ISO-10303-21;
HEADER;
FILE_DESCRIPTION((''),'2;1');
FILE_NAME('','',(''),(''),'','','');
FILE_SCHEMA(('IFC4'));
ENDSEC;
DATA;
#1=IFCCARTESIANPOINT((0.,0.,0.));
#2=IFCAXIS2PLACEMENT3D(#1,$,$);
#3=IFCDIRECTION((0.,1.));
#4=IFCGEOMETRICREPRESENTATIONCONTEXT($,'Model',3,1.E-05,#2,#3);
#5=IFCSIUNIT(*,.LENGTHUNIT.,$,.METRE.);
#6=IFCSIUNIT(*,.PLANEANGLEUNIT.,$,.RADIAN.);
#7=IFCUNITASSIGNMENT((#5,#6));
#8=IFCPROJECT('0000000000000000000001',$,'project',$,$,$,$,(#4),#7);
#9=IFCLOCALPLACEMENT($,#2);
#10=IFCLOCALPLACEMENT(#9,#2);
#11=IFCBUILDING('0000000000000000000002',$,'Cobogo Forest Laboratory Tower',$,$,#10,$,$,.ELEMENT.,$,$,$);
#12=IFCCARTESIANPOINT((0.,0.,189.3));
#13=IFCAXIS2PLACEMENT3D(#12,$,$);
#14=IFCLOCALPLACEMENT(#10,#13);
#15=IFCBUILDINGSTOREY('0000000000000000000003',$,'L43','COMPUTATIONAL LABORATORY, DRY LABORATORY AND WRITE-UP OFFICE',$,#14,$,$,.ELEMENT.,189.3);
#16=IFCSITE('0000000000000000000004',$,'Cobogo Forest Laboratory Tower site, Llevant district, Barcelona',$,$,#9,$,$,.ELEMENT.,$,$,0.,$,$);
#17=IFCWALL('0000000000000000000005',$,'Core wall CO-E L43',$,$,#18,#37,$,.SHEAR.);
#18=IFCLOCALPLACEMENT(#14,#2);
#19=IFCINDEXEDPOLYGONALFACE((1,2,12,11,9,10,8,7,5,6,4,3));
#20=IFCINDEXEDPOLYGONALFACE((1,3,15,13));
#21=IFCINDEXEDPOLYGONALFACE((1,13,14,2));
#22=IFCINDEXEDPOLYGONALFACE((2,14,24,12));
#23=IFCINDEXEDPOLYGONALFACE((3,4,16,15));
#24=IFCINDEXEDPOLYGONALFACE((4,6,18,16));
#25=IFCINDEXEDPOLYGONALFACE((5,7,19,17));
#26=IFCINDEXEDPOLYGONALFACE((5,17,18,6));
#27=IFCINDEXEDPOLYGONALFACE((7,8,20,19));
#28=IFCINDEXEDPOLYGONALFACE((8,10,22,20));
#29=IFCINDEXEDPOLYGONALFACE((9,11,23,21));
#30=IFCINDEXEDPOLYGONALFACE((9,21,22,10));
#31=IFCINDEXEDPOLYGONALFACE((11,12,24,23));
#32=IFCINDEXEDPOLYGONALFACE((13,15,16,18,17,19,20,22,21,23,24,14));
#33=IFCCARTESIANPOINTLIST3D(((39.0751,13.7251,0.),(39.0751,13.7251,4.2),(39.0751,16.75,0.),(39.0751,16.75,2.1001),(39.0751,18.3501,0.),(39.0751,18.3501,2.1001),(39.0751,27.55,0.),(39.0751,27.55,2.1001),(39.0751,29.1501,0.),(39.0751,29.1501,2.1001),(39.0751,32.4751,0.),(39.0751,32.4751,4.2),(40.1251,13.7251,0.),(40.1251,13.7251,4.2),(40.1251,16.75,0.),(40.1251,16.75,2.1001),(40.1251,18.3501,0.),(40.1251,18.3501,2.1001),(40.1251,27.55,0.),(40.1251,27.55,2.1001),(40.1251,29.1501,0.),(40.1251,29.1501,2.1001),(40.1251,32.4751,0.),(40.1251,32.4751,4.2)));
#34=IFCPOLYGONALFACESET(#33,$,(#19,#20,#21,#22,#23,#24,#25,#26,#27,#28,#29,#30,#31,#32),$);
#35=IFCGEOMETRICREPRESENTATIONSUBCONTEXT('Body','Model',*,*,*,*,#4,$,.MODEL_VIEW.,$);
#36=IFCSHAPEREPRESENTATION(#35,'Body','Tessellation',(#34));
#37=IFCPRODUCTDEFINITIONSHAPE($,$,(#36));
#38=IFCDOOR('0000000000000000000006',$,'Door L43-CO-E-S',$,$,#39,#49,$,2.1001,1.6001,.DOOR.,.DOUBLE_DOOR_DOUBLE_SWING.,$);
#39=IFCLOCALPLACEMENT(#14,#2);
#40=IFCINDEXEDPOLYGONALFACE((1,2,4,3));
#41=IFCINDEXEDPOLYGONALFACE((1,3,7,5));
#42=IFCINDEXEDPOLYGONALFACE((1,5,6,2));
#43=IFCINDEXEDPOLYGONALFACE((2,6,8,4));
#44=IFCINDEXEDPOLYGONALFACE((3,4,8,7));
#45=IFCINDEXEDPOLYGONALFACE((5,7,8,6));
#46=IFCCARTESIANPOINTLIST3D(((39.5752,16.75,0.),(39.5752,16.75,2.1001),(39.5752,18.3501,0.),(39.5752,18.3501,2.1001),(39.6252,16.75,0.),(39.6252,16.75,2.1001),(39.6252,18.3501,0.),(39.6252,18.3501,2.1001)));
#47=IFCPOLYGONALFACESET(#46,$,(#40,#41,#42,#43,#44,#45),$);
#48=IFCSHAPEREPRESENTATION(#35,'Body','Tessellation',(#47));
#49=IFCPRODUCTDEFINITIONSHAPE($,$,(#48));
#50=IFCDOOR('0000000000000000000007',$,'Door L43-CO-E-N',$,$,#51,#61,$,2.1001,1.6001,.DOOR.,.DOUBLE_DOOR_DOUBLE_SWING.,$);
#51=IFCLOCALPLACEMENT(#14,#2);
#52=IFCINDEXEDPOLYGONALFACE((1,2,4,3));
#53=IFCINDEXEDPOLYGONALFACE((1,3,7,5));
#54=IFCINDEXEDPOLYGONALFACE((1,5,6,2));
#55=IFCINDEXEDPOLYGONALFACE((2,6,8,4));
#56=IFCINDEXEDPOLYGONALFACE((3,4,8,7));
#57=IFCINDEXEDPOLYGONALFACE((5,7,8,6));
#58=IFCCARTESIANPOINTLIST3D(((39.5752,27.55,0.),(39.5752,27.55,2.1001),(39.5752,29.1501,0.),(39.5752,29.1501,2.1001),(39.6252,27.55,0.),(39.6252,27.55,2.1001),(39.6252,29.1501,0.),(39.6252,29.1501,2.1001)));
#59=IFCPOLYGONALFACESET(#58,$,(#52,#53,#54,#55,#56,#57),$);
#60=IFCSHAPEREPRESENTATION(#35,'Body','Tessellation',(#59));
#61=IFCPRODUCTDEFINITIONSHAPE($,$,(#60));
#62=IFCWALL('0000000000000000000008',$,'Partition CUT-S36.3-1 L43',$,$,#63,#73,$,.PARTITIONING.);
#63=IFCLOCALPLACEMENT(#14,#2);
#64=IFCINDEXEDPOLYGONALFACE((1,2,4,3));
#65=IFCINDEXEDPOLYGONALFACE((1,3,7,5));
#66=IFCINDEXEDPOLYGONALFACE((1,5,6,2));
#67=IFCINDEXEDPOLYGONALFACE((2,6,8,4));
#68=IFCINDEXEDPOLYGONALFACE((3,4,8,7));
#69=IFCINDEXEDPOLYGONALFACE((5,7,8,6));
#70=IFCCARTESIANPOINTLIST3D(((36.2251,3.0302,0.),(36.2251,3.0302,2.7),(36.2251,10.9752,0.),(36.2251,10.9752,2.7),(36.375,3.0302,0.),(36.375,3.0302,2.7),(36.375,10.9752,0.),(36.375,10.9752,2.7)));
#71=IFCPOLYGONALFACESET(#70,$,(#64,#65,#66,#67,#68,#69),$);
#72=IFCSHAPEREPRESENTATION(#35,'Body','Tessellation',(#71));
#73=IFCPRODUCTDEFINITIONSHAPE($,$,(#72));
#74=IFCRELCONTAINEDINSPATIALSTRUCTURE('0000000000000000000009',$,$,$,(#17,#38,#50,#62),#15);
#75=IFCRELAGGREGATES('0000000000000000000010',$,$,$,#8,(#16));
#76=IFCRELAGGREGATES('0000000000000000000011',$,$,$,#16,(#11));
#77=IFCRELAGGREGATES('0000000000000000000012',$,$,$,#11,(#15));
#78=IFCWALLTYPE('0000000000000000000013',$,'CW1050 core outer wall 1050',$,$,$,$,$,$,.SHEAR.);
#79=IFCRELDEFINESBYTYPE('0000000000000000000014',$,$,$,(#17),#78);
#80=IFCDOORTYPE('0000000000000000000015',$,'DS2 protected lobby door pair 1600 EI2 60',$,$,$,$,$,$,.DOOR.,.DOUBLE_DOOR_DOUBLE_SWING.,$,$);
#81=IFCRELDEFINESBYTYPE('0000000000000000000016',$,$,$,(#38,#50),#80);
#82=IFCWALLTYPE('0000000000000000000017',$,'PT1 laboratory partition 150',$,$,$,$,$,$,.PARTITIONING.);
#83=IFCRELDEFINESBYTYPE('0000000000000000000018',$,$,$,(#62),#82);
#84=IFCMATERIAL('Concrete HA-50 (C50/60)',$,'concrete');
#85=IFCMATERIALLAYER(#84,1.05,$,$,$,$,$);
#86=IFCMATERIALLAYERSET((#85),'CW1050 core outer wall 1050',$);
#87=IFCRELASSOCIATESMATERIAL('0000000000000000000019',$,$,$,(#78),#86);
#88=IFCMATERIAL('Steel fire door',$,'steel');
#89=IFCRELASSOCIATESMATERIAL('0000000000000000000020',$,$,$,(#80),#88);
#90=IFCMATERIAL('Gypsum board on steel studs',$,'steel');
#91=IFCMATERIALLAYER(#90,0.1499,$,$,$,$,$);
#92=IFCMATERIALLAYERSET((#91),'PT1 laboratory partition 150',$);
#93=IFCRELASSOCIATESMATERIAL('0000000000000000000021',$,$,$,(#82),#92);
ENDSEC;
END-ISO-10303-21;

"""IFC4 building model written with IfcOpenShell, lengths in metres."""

from ifc_helpers import new_model, si_unit, direction, frame, frame_2d, origin, place, context, subcontext, project, spatial, rectangle, extrude, material, layer, layer_set, type_object, element, fill, save


model = new_model("IFC4")

# Units and contexts
model_context = context("Model", 3, precision=1e-05, world=origin(), true_north=direction((0.0, 1.0)))
body_context = subcontext(model_context, "Body", "Model", "MODEL_VIEW")
ifc_project = project(units=[si_unit("LENGTHUNIT", "METRE"), si_unit("PLANEANGLEUNIT", "RADIAN")], contexts=[model_context])

# Site, building, storey
site_placement = place(None, origin())
site = spatial("IfcSite", under=ifc_project, at=site_placement, Name="Cobogo Forest Laboratory Tower site, Llevant district, Barcelona", CompositionType="ELEMENT", RefElevation=0.0)
building_placement = place(site_placement, origin())
building = spatial("IfcBuilding", under=site, at=building_placement, Name="Cobogo Forest Laboratory Tower", CompositionType="ELEMENT")
storey_placement = place(building_placement, frame((0.0, 0.0, 189.3)))
storey = spatial("IfcBuildingStorey", under=building, at=storey_placement, Name="L43", Description="COMPUTATIONAL LABORATORY, DRY LABORATORY AND WRITE-UP OFFICE", CompositionType="ELEMENT", Elevation=189.3)

# Shared definitions
ifc_material_1 = material(Name="Concrete HA-50 (C50/60)", Category="concrete")

# Wall, openings, doors
ifc_layer_1 = layer(ifc_material_1, 1.05)
ifc_layer_set_1 = layer_set([ifc_layer_1], Name="CW1050 core outer wall 1050")
wall_type_1 = type_object("IfcWallType", Name="CW1050 core outer wall 1050", PredefinedType="SHEAR", material=ifc_layer_set_1)
wall_1_placement = place(storey_placement, frame((39.6001, 13.7251, 0.0), z_axis=(0.0, 0.0, 1.0), x_axis=(0.0, 1.0, 0.0)))
wall_1 = element("IfcWall", 1, at=wall_1_placement, inside=storey, type_object=wall_type_1, Name="Core wall CO-E L43", PredefinedType="SHEAR", context=body_context, shape_type="SweptSolid", body=[
    extrude(rectangle(XDim=18.75, YDim=1.05, at=frame_2d((9.375, 0.0))), origin(), (0.0, 0.0, 1.0), 4.2),
])
opening_1_placement = place(wall_1_placement, frame((3.0249, 0.0, 0.0)))
opening_1 = element("IfcOpeningElement", 2, at=opening_1_placement, cuts=wall_1, PredefinedType="OPENING", context=body_context, shape_type="SweptSolid", body=[
    extrude(rectangle(XDim=1.6001, YDim=2.1001, at=frame_2d((0.8, 1.05))), frame((0.0, 0.5349, 0.0), z_axis=(0.0, -1.0, 0.0), x_axis=(1.0, 0.0, 0.0)), (0.0, 0.0, 1.0), 1.0701),
])
opening_2_placement = place(wall_1_placement, frame((13.825, 0.0, 0.0)))
opening_2 = element("IfcOpeningElement", 3, at=opening_2_placement, cuts=wall_1, PredefinedType="OPENING", context=body_context, shape_type="SweptSolid", body=[
    extrude(rectangle(XDim=1.6001, YDim=2.1001, at=frame_2d((0.8, 1.05))), frame((0.0, 0.5349, 0.0), z_axis=(0.0, -1.0, 0.0), x_axis=(1.0, 0.0, 0.0)), (0.0, 0.0, 1.0), 1.0701),
])
ifc_material_2 = material(Name="Steel fire door", Category="steel")
door_type_1 = type_object("IfcDoorType", Name="DS2 protected lobby door pair 1600 EI2 60", OperationType="DOUBLE_DOOR_DOUBLE_SWING", PredefinedType="DOOR", material=ifc_material_2)
door_1_placement = place(opening_1_placement, origin())
door_1 = element("IfcDoor", 4, at=door_1_placement, inside=storey, type_object=door_type_1, Name="Door L43-CO-E-S", OperationType="DOUBLE_DOOR_DOUBLE_SWING", OverallHeight=2.1001, OverallWidth=1.6001, PredefinedType="DOOR", context=body_context, shape_type="SweptSolid", body=[
    extrude(rectangle(XDim=1.6001, YDim=2.1001, at=frame_2d((0.8, 1.05))), frame((0.0, 0.0249, 0.0), z_axis=(0.0, -1.0, 0.0), x_axis=(1.0, 0.0, 0.0)), (0.0, 0.0, 1.0), 0.05),
])
fill(opening_1, door_1)
door_2_placement = place(opening_2_placement, origin())
door_2 = element("IfcDoor", 5, at=door_2_placement, inside=storey, type_object=door_type_1, Name="Door L43-CO-E-N", OperationType="DOUBLE_DOOR_DOUBLE_SWING", OverallHeight=2.1001, OverallWidth=1.6001, PredefinedType="DOOR", context=body_context, shape_type="SweptSolid", body=[
    extrude(rectangle(XDim=1.6001, YDim=2.1001, at=frame_2d((0.8, 1.05))), frame((0.0, 0.0249, 0.0), z_axis=(0.0, -1.0, 0.0), x_axis=(1.0, 0.0, 0.0)), (0.0, 0.0, 1.0), 0.05),
])
fill(opening_2, door_2)

# Wall
ifc_material_3 = material(Name="Gypsum board on steel studs", Category="steel")
ifc_layer_2 = layer(ifc_material_3, 0.1499)
ifc_layer_set_2 = layer_set([ifc_layer_2], Name="PT1 laboratory partition 150")
wall_type_2 = type_object("IfcWallType", Name="PT1 laboratory partition 150", PredefinedType="PARTITIONING", material=ifc_layer_set_2)
wall_2_placement = place(storey_placement, frame((36.3, 3.03, 0.0), z_axis=(0.0, 0.0, 1.0), x_axis=(0.0, 1.0, 0.0)))
element("IfcWall", 6, at=wall_2_placement, inside=storey, type_object=wall_type_2, Name="Partition CUT-S36.3-1 L43", PredefinedType="PARTITIONING", context=body_context, shape_type="SweptSolid", body=[
    extrude(rectangle(XDim=7.9451, YDim=0.1499, at=frame_2d((3.9727, 0.0))), origin(), (0.0, 0.0, 1.0), 2.7),
])

save(model, "model.ifc")
